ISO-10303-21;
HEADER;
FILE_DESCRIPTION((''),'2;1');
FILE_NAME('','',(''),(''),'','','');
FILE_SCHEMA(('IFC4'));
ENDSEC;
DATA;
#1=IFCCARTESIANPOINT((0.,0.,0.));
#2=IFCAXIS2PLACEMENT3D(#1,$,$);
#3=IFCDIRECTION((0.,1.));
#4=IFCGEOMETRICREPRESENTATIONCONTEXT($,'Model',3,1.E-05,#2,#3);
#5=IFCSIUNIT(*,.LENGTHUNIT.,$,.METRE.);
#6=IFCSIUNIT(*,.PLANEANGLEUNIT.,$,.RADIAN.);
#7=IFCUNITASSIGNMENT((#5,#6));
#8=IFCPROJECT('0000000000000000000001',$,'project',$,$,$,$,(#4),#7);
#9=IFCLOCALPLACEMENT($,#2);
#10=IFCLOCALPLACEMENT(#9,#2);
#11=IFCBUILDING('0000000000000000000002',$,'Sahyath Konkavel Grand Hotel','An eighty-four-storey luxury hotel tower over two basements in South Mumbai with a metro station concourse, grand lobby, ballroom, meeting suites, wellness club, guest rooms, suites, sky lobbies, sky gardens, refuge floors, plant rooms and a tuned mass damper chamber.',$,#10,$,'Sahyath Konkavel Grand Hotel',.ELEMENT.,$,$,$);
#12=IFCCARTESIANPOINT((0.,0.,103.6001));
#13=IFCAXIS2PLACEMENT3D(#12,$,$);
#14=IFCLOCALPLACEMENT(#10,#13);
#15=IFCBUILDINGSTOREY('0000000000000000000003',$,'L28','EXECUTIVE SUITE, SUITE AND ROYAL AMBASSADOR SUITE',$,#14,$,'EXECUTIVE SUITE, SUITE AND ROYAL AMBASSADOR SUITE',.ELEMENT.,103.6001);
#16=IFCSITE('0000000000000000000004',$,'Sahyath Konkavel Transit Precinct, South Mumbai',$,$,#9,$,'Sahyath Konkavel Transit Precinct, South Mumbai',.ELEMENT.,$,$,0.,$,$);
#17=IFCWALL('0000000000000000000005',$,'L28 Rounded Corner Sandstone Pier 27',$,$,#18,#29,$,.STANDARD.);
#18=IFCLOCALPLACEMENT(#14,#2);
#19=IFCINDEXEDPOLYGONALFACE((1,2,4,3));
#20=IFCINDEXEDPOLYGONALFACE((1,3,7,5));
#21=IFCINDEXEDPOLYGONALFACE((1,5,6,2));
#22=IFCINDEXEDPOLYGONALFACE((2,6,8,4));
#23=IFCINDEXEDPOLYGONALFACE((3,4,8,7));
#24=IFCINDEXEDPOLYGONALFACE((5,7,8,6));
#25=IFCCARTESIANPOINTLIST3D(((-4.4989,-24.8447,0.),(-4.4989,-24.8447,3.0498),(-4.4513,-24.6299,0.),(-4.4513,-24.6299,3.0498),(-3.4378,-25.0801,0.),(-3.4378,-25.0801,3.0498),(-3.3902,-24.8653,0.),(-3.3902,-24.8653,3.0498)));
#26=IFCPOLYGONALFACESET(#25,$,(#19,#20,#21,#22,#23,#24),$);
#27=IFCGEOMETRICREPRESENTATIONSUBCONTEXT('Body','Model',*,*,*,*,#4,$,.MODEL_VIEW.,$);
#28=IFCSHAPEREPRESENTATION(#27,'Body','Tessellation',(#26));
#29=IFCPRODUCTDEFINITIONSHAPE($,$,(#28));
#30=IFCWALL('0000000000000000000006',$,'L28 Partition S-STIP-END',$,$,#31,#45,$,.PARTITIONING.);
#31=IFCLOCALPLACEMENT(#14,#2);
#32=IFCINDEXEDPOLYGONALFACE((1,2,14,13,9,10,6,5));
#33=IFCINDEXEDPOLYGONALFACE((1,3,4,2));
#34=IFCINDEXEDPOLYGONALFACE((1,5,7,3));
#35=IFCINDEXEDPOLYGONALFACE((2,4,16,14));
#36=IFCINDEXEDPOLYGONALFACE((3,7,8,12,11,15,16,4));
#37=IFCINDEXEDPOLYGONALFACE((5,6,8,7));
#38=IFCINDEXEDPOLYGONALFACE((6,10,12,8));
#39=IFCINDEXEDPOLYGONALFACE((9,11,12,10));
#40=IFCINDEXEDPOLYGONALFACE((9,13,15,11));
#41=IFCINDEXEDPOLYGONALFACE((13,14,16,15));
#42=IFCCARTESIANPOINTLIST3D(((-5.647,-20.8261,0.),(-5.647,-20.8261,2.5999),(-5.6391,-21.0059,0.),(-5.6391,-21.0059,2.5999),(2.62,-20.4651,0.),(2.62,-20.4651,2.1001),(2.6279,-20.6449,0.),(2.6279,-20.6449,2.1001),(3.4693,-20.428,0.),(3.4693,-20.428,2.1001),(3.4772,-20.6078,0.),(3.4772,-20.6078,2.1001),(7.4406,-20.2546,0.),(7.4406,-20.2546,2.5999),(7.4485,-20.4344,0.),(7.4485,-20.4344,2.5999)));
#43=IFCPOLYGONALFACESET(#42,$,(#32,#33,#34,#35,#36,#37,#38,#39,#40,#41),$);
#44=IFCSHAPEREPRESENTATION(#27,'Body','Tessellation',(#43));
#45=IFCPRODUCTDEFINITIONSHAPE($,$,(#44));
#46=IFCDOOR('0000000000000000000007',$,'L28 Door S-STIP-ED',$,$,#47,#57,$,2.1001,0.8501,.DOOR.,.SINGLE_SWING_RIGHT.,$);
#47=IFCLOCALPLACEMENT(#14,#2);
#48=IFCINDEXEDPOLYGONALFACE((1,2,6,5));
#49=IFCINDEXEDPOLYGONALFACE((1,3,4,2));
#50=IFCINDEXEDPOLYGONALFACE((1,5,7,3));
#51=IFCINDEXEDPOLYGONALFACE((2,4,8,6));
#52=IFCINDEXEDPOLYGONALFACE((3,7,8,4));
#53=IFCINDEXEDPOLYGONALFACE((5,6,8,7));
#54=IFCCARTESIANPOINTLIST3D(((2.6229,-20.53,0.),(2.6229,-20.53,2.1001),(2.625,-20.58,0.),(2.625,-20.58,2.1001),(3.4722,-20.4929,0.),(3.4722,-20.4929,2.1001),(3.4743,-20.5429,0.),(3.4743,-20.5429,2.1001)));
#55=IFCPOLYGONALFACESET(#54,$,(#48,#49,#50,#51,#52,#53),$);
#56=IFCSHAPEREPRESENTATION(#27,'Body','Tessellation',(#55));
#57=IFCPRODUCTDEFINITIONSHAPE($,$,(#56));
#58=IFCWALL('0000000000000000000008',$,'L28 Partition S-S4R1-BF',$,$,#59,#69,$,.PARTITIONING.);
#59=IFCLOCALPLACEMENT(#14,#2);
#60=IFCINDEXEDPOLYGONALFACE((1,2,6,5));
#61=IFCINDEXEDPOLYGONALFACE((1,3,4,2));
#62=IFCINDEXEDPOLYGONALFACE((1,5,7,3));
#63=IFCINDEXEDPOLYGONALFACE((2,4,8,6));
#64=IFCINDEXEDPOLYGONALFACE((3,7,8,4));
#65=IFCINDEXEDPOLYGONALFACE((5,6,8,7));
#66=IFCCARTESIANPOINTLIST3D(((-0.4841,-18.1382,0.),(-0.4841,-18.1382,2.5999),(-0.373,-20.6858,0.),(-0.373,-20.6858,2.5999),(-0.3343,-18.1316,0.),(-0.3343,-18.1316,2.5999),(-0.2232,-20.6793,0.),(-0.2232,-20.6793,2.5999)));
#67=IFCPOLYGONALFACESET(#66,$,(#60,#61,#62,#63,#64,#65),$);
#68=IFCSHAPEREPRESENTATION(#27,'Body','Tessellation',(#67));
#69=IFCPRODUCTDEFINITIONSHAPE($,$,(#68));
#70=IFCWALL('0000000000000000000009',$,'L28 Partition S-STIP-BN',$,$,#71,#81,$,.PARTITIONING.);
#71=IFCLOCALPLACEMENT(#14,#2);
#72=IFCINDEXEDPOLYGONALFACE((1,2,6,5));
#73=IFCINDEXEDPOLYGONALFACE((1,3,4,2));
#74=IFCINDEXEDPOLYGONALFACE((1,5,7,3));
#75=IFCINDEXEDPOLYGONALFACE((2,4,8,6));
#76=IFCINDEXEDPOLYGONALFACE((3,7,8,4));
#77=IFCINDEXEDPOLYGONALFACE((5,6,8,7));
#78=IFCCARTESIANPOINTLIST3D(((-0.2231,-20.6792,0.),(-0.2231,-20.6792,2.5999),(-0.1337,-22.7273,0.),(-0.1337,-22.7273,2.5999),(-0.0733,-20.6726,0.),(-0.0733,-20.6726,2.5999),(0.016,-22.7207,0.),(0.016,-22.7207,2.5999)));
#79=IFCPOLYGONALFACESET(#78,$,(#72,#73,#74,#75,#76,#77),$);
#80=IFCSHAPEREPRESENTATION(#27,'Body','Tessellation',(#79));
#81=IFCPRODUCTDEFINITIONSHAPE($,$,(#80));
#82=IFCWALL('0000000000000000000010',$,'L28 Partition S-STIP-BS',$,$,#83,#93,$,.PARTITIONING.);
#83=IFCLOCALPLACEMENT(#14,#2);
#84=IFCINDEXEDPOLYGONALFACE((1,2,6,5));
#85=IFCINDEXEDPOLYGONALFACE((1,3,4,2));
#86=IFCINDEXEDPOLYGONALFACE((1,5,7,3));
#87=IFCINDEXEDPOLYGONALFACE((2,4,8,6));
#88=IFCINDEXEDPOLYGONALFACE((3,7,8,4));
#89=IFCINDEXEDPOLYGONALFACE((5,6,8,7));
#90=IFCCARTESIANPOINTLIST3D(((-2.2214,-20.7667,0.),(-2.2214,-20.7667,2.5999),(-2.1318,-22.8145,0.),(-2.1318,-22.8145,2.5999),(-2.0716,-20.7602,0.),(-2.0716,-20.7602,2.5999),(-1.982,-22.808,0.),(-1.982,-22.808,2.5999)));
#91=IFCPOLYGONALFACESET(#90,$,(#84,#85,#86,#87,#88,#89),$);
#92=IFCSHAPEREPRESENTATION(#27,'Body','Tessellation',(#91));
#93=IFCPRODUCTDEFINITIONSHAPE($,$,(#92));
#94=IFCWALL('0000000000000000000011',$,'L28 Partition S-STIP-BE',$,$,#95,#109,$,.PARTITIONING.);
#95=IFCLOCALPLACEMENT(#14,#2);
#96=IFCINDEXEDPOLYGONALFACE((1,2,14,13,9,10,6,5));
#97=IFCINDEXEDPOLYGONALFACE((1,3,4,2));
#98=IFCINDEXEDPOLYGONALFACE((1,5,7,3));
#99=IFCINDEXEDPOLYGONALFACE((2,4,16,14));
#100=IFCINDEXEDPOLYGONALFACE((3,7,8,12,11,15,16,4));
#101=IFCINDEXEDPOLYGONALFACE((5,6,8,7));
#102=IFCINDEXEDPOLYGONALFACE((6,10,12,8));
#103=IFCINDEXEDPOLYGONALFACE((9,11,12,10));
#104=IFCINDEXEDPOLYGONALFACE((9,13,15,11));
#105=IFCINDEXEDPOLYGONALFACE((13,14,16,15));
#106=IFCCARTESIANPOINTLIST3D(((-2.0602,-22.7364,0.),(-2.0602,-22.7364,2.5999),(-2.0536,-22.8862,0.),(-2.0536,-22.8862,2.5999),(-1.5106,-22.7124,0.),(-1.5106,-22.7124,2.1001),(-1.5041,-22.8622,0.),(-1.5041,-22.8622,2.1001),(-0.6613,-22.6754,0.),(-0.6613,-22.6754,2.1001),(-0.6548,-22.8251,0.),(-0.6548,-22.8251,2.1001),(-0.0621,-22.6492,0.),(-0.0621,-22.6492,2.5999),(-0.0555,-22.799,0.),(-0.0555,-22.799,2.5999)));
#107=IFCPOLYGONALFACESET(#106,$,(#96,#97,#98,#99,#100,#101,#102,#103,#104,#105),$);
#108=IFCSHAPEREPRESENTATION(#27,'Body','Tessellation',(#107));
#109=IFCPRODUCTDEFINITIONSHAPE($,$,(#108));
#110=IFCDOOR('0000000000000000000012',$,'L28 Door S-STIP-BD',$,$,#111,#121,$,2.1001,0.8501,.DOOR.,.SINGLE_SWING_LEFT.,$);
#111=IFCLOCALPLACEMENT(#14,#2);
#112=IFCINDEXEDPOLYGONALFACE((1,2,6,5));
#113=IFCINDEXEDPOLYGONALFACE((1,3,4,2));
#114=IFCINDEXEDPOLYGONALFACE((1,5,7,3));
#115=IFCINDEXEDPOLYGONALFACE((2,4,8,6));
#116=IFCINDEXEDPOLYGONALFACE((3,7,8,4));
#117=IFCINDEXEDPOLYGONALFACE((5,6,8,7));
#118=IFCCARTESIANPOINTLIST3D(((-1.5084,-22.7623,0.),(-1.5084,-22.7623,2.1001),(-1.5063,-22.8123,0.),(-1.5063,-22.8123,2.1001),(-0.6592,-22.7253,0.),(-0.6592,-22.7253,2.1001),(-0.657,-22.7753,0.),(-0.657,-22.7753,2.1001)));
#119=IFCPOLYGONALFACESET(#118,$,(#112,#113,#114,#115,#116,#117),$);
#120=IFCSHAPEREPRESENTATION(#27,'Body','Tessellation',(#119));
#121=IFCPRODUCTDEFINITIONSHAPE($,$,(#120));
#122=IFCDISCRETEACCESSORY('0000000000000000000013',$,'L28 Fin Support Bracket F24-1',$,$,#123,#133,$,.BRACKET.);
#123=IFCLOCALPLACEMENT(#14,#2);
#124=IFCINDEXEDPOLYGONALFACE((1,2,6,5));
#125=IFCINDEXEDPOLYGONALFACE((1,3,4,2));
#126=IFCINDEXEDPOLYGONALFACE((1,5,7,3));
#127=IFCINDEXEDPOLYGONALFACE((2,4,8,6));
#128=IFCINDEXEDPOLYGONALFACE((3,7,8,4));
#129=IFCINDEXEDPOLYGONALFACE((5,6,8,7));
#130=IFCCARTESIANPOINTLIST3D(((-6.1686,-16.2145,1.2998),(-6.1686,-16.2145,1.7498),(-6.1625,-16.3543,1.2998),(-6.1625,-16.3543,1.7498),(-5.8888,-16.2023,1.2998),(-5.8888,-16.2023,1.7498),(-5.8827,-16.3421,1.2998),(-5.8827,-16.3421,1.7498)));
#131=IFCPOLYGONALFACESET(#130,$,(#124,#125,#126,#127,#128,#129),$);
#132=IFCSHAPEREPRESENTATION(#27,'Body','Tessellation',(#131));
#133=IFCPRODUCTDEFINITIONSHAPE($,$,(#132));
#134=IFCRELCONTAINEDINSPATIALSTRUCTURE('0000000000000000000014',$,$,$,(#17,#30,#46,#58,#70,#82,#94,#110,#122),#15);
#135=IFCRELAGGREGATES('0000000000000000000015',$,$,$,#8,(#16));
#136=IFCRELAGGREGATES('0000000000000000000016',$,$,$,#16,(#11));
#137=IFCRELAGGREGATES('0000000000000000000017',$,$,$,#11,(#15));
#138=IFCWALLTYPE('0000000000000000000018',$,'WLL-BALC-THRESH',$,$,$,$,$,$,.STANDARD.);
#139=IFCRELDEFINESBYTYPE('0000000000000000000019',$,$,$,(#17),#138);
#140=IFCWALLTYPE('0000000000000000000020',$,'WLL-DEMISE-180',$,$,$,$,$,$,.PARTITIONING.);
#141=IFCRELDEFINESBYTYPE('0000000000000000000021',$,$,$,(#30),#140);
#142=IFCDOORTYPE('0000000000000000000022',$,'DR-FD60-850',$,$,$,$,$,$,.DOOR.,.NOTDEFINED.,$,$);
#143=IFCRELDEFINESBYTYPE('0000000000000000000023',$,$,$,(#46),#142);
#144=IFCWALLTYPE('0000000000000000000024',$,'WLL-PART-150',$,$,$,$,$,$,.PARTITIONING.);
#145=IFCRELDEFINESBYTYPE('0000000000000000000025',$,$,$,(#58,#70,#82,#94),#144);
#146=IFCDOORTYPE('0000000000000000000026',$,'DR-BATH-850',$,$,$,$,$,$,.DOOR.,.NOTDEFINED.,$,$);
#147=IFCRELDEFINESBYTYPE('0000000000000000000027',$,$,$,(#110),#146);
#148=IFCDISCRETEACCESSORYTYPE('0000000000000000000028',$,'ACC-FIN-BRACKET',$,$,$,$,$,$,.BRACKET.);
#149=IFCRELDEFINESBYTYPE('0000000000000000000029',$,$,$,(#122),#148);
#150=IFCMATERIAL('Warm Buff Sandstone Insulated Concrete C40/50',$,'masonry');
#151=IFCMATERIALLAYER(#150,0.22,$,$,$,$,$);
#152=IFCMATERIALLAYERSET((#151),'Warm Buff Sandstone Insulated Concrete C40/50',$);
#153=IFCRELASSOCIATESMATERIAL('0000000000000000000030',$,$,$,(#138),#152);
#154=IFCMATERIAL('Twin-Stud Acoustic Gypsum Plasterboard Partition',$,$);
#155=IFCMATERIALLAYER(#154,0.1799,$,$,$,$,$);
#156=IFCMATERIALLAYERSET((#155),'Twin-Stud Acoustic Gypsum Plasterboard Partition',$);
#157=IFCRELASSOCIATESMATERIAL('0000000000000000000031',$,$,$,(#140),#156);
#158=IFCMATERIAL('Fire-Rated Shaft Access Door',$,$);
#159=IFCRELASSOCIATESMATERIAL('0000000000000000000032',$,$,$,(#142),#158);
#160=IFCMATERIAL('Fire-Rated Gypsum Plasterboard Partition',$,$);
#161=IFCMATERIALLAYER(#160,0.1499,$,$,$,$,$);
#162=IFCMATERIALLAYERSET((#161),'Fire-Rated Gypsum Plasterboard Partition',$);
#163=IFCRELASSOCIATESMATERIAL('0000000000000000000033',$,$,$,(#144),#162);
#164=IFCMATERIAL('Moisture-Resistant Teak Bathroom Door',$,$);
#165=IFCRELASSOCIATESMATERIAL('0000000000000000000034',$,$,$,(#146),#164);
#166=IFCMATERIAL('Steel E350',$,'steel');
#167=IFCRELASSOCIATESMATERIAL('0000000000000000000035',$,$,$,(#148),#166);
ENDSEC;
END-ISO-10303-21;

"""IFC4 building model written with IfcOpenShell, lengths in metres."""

from ifc_helpers import new_model, si_unit, direction, frame, frame_2d, origin, origin_2d, place, context, subcontext, project, spatial, rectangle, extrude, source, transform, mapped, material, layer, layer_set, type_object, element, fill, save


model = new_model("IFC4")

# Units and contexts
model_context = context("Model", 3, precision=1e-05, world=origin(), true_north=direction((0.0, 1.0)))
body_context = subcontext(model_context, "Body", "Model", "MODEL_VIEW")
ifc_project = project(units=[si_unit("LENGTHUNIT", "METRE"), si_unit("PLANEANGLEUNIT", "RADIAN")], contexts=[model_context])

# Site, building, storey
site_placement = place(None, origin())
site = spatial("IfcSite", under=ifc_project, at=site_placement, Name="Sahyath Konkavel Transit Precinct, South Mumbai", LongName="Sahyath Konkavel Transit Precinct, South Mumbai", CompositionType="ELEMENT", RefElevation=0.0)
building_placement = place(site_placement, origin())
building = spatial("IfcBuilding", under=site, at=building_placement, Name="Sahyath Konkavel Grand Hotel", Description="An eighty-four-storey luxury hotel tower over two basements in South Mumbai with a metro station concourse, grand lobby, ballroom, meeting suites, wellness club, guest rooms, suites, sky lobbies, sky gardens, refuge floors, plant rooms and a tuned mass damper chamber.", LongName="Sahyath Konkavel Grand Hotel", CompositionType="ELEMENT")
storey_placement = place(building_placement, frame((0.0, 0.0, 103.6001)))
storey = spatial("IfcBuildingStorey", under=building, at=storey_placement, Name="L28", Description="EXECUTIVE SUITE, SUITE AND ROYAL AMBASSADOR SUITE", LongName="EXECUTIVE SUITE, SUITE AND ROYAL AMBASSADOR SUITE", CompositionType="ELEMENT", Elevation=103.6001)

# Shared definitions
ifc_material_1 = material(Name="Steel E350", Category="steel")

# Wall
ifc_material_2 = material(Name="Warm Buff Sandstone Insulated Concrete C40/50", Category="masonry")
ifc_layer_1 = layer(ifc_material_2, 0.22)
ifc_layer_set_1 = layer_set([ifc_layer_1], Name="Warm Buff Sandstone Insulated Concrete C40/50")
wall_type_1 = type_object("IfcWallType", Name="WLL-BALC-THRESH", PredefinedType="STANDARD", material=ifc_layer_set_1)
wall_1_placement = place(storey_placement, frame((-4.4751, -24.7373, 0.0), z_axis=(0.0, 0.0, 1.0), x_axis=(0.976272, -0.21655, 0.0)))
element("IfcWall", 1, at=wall_1_placement, inside=storey, type_object=wall_type_1, Name="L28 Rounded Corner Sandstone Pier 27", PredefinedType="STANDARD", context=body_context, shape_type="SweptSolid", body=[
    extrude(rectangle(XDim=1.0869, YDim=0.22, at=frame_2d((0.5435, 0.0))), origin(), (0.0, 0.0, 1.0), 3.0498),
])

# Wall, opening, door
ifc_material_3 = material(Name="Twin-Stud Acoustic Gypsum Plasterboard Partition")
ifc_layer_2 = layer(ifc_material_3, 0.1799)
ifc_layer_set_2 = layer_set([ifc_layer_2], Name="Twin-Stud Acoustic Gypsum Plasterboard Partition")
wall_type_2 = type_object("IfcWallType", Name="WLL-DEMISE-180", PredefinedType="PARTITIONING", material=ifc_layer_set_2)
wall_2_placement = place(storey_placement, frame((-5.6431, -20.916, 0.0), z_axis=(0.0, 0.0, 1.0), x_axis=(0.999048, 0.043628, 0.0)))
wall_2 = element("IfcWall", 2, at=wall_2_placement, inside=storey, type_object=wall_type_2, Name="L28 Partition S-STIP-END", PredefinedType="PARTITIONING", context=body_context, shape_type="SweptSolid", body=[
    extrude(rectangle(XDim=13.1001, YDim=0.1799, at=frame_2d((6.55, 0.0))), origin(), (0.0, 0.0, 1.0), 2.5999),
])
opening_1_placement = place(wall_2_placement, frame((8.2749, 0.0, 0.0)))
opening_1 = element("IfcOpeningElement", 3, at=opening_1_placement, cuts=wall_2, PredefinedType="OPENING", context=body_context, shape_type="SweptSolid", body=[
    extrude(rectangle(XDim=0.8501, YDim=2.1001, at=frame_2d((0.425, 1.05))), frame((0.0, 0.1001, 0.0), z_axis=(0.0, -1.0, 0.0), x_axis=(1.0, 0.0, 0.0)), (0.0, 0.0, 1.0), 0.2),
])
ifc_material_4 = material(Name="Fire-Rated Shaft Access Door")
door_type_1 = type_object("IfcDoorType", Name="DR-FD60-850", OperationType="NOTDEFINED", PredefinedType="DOOR", material=ifc_material_4)
shared_shape_1 = source(origin(), body_context, "Body", "SweptSolid", [
    extrude(rectangle(XDim=0.8501, YDim=0.05, at=origin_2d()), origin(), (0.0, 0.0, 1.0), 2.1001),
])
door_1_placement = place(opening_1_placement, frame((0.425, 0.0, 0.0)))
door_1 = element("IfcDoor", 4, at=door_1_placement, inside=storey, type_object=door_type_1, Name="L28 Door S-STIP-ED", OperationType="SINGLE_SWING_RIGHT", OverallHeight=2.1001, OverallWidth=0.8501, PredefinedType="DOOR", context=body_context, shape_type="MappedRepresentation", body=[
    mapped(shared_shape_1, transform((0.0, 0.0, 0.0), scale=1.0)),
])
fill(opening_1, door_1)

# Walls
ifc_material_5 = material(Name="Fire-Rated Gypsum Plasterboard Partition")
ifc_layer_3 = layer(ifc_material_5, 0.1499)
ifc_layer_set_3 = layer_set([ifc_layer_3], Name="Fire-Rated Gypsum Plasterboard Partition")
wall_type_3 = type_object("IfcWallType", Name="WLL-PART-150", PredefinedType="PARTITIONING", material=ifc_layer_set_3)
wall_3_placement = place(storey_placement, frame((-0.4092, -18.135, 0.0), z_axis=(0.0, 0.0, 1.0), x_axis=(0.043562, -0.999051, 0.0)))
element("IfcWall", 5, at=wall_3_placement, inside=storey, type_object=wall_type_3, Name="L28 Partition S-S4R1-BF", PredefinedType="PARTITIONING", context=body_context, shape_type="SweptSolid", body=[
    extrude(rectangle(XDim=2.55, YDim=0.1499, at=frame_2d((1.2749, 0.0))), origin(), (0.0, 0.0, 1.0), 2.5999),
])
wall_4_placement = place(storey_placement, frame((-0.1482, -20.676, 0.0), z_axis=(0.0, 0.0, 1.0), x_axis=(0.043587, -0.99905, 0.0)))
element("IfcWall", 6, at=wall_4_placement, inside=storey, type_object=wall_type_3, Name="L28 Partition S-STIP-BN", PredefinedType="PARTITIONING", context=body_context, shape_type="SweptSolid", body=[
    extrude(rectangle(XDim=2.05, YDim=0.1499, at=frame_2d((1.0249, 0.0))), origin(), (0.0, 0.0, 1.0), 2.5999),
])
wall_5_placement = place(storey_placement, frame((-2.1465, -20.7634, 0.0), z_axis=(0.0, 0.0, 1.0), x_axis=(0.043711, -0.999044, 0.0)))
element("IfcWall", 7, at=wall_5_placement, inside=storey, type_object=wall_type_3, Name="L28 Partition S-STIP-BS", PredefinedType="PARTITIONING", context=body_context, shape_type="SweptSolid", body=[
    extrude(rectangle(XDim=2.0498, YDim=0.1499, at=frame_2d((1.0249, 0.0))), origin(), (0.0, 0.0, 1.0), 2.5999),
])

# Wall, opening, door
wall_6_placement = place(storey_placement, frame((-2.0569, -22.8113, 0.0), z_axis=(0.0, 0.0, 1.0), x_axis=(0.99905, 0.04358, 0.0)))
wall_6 = element("IfcWall", 8, at=wall_6_placement, inside=storey, type_object=wall_type_3, Name="L28 Partition S-STIP-BE", PredefinedType="PARTITIONING", context=body_context, shape_type="SweptSolid", body=[
    extrude(rectangle(XDim=2.0, YDim=0.1499, at=frame_2d((1.0, 0.0))), origin(), (0.0, 0.0, 1.0), 2.5999),
])
opening_2_placement = place(wall_6_placement, frame((0.55, 0.0, 0.0)))
opening_2 = element("IfcOpeningElement", 9, at=opening_2_placement, cuts=wall_6, PredefinedType="OPENING", context=body_context, shape_type="SweptSolid", body=[
    extrude(rectangle(XDim=0.8501, YDim=2.1001, at=frame_2d((0.425, 1.05))), frame((0.0, 0.085, 0.0), z_axis=(0.0, -1.0, 0.0), x_axis=(1.0, 0.0, 0.0)), (0.0, 0.0, 1.0), 0.1699),
])
ifc_material_6 = material(Name="Moisture-Resistant Teak Bathroom Door")
door_type_2 = type_object("IfcDoorType", Name="DR-BATH-850", OperationType="NOTDEFINED", PredefinedType="DOOR", material=ifc_material_6)
door_2_placement = place(opening_2_placement, frame((0.425, 0.0, 0.0)))
door_2 = element("IfcDoor", 10, at=door_2_placement, inside=storey, type_object=door_type_2, Name="L28 Door S-STIP-BD", OperationType="SINGLE_SWING_LEFT", OverallHeight=2.1001, OverallWidth=0.8501, PredefinedType="DOOR", context=body_context, shape_type="MappedRepresentation", body=[
    mapped(shared_shape_1, transform((0.0, 0.0, 0.0), scale=1.0)),
])
fill(opening_2, door_2)

# Discrete accessory
discrete_accessory_type = type_object("IfcDiscreteAccessoryType", Name="ACC-FIN-BRACKET", PredefinedType="BRACKET", material=ifc_material_1)
shared_shape_2 = source(origin(), body_context, "Body", "SweptSolid", [
    extrude(rectangle(XDim=0.28, YDim=0.1399, at=origin_2d()), origin(), (0.0, 0.0, 1.0), 0.45),
])
discrete_accessory_placement = place(storey_placement, frame((-6.0256, -16.2783, 1.2998), z_axis=(0.0, 0.0, 1.0), x_axis=(-0.999048, -0.043619, 0.0)))
element("IfcDiscreteAccessory", 11, at=discrete_accessory_placement, inside=storey, type_object=discrete_accessory_type, Name="L28 Fin Support Bracket F24-1", PredefinedType="BRACKET", context=body_context, shape_type="MappedRepresentation", body=[
    mapped(shared_shape_2, transform((0.0, 0.0, 0.0), scale=1.0)),
])

save(model, "model.ifc")
